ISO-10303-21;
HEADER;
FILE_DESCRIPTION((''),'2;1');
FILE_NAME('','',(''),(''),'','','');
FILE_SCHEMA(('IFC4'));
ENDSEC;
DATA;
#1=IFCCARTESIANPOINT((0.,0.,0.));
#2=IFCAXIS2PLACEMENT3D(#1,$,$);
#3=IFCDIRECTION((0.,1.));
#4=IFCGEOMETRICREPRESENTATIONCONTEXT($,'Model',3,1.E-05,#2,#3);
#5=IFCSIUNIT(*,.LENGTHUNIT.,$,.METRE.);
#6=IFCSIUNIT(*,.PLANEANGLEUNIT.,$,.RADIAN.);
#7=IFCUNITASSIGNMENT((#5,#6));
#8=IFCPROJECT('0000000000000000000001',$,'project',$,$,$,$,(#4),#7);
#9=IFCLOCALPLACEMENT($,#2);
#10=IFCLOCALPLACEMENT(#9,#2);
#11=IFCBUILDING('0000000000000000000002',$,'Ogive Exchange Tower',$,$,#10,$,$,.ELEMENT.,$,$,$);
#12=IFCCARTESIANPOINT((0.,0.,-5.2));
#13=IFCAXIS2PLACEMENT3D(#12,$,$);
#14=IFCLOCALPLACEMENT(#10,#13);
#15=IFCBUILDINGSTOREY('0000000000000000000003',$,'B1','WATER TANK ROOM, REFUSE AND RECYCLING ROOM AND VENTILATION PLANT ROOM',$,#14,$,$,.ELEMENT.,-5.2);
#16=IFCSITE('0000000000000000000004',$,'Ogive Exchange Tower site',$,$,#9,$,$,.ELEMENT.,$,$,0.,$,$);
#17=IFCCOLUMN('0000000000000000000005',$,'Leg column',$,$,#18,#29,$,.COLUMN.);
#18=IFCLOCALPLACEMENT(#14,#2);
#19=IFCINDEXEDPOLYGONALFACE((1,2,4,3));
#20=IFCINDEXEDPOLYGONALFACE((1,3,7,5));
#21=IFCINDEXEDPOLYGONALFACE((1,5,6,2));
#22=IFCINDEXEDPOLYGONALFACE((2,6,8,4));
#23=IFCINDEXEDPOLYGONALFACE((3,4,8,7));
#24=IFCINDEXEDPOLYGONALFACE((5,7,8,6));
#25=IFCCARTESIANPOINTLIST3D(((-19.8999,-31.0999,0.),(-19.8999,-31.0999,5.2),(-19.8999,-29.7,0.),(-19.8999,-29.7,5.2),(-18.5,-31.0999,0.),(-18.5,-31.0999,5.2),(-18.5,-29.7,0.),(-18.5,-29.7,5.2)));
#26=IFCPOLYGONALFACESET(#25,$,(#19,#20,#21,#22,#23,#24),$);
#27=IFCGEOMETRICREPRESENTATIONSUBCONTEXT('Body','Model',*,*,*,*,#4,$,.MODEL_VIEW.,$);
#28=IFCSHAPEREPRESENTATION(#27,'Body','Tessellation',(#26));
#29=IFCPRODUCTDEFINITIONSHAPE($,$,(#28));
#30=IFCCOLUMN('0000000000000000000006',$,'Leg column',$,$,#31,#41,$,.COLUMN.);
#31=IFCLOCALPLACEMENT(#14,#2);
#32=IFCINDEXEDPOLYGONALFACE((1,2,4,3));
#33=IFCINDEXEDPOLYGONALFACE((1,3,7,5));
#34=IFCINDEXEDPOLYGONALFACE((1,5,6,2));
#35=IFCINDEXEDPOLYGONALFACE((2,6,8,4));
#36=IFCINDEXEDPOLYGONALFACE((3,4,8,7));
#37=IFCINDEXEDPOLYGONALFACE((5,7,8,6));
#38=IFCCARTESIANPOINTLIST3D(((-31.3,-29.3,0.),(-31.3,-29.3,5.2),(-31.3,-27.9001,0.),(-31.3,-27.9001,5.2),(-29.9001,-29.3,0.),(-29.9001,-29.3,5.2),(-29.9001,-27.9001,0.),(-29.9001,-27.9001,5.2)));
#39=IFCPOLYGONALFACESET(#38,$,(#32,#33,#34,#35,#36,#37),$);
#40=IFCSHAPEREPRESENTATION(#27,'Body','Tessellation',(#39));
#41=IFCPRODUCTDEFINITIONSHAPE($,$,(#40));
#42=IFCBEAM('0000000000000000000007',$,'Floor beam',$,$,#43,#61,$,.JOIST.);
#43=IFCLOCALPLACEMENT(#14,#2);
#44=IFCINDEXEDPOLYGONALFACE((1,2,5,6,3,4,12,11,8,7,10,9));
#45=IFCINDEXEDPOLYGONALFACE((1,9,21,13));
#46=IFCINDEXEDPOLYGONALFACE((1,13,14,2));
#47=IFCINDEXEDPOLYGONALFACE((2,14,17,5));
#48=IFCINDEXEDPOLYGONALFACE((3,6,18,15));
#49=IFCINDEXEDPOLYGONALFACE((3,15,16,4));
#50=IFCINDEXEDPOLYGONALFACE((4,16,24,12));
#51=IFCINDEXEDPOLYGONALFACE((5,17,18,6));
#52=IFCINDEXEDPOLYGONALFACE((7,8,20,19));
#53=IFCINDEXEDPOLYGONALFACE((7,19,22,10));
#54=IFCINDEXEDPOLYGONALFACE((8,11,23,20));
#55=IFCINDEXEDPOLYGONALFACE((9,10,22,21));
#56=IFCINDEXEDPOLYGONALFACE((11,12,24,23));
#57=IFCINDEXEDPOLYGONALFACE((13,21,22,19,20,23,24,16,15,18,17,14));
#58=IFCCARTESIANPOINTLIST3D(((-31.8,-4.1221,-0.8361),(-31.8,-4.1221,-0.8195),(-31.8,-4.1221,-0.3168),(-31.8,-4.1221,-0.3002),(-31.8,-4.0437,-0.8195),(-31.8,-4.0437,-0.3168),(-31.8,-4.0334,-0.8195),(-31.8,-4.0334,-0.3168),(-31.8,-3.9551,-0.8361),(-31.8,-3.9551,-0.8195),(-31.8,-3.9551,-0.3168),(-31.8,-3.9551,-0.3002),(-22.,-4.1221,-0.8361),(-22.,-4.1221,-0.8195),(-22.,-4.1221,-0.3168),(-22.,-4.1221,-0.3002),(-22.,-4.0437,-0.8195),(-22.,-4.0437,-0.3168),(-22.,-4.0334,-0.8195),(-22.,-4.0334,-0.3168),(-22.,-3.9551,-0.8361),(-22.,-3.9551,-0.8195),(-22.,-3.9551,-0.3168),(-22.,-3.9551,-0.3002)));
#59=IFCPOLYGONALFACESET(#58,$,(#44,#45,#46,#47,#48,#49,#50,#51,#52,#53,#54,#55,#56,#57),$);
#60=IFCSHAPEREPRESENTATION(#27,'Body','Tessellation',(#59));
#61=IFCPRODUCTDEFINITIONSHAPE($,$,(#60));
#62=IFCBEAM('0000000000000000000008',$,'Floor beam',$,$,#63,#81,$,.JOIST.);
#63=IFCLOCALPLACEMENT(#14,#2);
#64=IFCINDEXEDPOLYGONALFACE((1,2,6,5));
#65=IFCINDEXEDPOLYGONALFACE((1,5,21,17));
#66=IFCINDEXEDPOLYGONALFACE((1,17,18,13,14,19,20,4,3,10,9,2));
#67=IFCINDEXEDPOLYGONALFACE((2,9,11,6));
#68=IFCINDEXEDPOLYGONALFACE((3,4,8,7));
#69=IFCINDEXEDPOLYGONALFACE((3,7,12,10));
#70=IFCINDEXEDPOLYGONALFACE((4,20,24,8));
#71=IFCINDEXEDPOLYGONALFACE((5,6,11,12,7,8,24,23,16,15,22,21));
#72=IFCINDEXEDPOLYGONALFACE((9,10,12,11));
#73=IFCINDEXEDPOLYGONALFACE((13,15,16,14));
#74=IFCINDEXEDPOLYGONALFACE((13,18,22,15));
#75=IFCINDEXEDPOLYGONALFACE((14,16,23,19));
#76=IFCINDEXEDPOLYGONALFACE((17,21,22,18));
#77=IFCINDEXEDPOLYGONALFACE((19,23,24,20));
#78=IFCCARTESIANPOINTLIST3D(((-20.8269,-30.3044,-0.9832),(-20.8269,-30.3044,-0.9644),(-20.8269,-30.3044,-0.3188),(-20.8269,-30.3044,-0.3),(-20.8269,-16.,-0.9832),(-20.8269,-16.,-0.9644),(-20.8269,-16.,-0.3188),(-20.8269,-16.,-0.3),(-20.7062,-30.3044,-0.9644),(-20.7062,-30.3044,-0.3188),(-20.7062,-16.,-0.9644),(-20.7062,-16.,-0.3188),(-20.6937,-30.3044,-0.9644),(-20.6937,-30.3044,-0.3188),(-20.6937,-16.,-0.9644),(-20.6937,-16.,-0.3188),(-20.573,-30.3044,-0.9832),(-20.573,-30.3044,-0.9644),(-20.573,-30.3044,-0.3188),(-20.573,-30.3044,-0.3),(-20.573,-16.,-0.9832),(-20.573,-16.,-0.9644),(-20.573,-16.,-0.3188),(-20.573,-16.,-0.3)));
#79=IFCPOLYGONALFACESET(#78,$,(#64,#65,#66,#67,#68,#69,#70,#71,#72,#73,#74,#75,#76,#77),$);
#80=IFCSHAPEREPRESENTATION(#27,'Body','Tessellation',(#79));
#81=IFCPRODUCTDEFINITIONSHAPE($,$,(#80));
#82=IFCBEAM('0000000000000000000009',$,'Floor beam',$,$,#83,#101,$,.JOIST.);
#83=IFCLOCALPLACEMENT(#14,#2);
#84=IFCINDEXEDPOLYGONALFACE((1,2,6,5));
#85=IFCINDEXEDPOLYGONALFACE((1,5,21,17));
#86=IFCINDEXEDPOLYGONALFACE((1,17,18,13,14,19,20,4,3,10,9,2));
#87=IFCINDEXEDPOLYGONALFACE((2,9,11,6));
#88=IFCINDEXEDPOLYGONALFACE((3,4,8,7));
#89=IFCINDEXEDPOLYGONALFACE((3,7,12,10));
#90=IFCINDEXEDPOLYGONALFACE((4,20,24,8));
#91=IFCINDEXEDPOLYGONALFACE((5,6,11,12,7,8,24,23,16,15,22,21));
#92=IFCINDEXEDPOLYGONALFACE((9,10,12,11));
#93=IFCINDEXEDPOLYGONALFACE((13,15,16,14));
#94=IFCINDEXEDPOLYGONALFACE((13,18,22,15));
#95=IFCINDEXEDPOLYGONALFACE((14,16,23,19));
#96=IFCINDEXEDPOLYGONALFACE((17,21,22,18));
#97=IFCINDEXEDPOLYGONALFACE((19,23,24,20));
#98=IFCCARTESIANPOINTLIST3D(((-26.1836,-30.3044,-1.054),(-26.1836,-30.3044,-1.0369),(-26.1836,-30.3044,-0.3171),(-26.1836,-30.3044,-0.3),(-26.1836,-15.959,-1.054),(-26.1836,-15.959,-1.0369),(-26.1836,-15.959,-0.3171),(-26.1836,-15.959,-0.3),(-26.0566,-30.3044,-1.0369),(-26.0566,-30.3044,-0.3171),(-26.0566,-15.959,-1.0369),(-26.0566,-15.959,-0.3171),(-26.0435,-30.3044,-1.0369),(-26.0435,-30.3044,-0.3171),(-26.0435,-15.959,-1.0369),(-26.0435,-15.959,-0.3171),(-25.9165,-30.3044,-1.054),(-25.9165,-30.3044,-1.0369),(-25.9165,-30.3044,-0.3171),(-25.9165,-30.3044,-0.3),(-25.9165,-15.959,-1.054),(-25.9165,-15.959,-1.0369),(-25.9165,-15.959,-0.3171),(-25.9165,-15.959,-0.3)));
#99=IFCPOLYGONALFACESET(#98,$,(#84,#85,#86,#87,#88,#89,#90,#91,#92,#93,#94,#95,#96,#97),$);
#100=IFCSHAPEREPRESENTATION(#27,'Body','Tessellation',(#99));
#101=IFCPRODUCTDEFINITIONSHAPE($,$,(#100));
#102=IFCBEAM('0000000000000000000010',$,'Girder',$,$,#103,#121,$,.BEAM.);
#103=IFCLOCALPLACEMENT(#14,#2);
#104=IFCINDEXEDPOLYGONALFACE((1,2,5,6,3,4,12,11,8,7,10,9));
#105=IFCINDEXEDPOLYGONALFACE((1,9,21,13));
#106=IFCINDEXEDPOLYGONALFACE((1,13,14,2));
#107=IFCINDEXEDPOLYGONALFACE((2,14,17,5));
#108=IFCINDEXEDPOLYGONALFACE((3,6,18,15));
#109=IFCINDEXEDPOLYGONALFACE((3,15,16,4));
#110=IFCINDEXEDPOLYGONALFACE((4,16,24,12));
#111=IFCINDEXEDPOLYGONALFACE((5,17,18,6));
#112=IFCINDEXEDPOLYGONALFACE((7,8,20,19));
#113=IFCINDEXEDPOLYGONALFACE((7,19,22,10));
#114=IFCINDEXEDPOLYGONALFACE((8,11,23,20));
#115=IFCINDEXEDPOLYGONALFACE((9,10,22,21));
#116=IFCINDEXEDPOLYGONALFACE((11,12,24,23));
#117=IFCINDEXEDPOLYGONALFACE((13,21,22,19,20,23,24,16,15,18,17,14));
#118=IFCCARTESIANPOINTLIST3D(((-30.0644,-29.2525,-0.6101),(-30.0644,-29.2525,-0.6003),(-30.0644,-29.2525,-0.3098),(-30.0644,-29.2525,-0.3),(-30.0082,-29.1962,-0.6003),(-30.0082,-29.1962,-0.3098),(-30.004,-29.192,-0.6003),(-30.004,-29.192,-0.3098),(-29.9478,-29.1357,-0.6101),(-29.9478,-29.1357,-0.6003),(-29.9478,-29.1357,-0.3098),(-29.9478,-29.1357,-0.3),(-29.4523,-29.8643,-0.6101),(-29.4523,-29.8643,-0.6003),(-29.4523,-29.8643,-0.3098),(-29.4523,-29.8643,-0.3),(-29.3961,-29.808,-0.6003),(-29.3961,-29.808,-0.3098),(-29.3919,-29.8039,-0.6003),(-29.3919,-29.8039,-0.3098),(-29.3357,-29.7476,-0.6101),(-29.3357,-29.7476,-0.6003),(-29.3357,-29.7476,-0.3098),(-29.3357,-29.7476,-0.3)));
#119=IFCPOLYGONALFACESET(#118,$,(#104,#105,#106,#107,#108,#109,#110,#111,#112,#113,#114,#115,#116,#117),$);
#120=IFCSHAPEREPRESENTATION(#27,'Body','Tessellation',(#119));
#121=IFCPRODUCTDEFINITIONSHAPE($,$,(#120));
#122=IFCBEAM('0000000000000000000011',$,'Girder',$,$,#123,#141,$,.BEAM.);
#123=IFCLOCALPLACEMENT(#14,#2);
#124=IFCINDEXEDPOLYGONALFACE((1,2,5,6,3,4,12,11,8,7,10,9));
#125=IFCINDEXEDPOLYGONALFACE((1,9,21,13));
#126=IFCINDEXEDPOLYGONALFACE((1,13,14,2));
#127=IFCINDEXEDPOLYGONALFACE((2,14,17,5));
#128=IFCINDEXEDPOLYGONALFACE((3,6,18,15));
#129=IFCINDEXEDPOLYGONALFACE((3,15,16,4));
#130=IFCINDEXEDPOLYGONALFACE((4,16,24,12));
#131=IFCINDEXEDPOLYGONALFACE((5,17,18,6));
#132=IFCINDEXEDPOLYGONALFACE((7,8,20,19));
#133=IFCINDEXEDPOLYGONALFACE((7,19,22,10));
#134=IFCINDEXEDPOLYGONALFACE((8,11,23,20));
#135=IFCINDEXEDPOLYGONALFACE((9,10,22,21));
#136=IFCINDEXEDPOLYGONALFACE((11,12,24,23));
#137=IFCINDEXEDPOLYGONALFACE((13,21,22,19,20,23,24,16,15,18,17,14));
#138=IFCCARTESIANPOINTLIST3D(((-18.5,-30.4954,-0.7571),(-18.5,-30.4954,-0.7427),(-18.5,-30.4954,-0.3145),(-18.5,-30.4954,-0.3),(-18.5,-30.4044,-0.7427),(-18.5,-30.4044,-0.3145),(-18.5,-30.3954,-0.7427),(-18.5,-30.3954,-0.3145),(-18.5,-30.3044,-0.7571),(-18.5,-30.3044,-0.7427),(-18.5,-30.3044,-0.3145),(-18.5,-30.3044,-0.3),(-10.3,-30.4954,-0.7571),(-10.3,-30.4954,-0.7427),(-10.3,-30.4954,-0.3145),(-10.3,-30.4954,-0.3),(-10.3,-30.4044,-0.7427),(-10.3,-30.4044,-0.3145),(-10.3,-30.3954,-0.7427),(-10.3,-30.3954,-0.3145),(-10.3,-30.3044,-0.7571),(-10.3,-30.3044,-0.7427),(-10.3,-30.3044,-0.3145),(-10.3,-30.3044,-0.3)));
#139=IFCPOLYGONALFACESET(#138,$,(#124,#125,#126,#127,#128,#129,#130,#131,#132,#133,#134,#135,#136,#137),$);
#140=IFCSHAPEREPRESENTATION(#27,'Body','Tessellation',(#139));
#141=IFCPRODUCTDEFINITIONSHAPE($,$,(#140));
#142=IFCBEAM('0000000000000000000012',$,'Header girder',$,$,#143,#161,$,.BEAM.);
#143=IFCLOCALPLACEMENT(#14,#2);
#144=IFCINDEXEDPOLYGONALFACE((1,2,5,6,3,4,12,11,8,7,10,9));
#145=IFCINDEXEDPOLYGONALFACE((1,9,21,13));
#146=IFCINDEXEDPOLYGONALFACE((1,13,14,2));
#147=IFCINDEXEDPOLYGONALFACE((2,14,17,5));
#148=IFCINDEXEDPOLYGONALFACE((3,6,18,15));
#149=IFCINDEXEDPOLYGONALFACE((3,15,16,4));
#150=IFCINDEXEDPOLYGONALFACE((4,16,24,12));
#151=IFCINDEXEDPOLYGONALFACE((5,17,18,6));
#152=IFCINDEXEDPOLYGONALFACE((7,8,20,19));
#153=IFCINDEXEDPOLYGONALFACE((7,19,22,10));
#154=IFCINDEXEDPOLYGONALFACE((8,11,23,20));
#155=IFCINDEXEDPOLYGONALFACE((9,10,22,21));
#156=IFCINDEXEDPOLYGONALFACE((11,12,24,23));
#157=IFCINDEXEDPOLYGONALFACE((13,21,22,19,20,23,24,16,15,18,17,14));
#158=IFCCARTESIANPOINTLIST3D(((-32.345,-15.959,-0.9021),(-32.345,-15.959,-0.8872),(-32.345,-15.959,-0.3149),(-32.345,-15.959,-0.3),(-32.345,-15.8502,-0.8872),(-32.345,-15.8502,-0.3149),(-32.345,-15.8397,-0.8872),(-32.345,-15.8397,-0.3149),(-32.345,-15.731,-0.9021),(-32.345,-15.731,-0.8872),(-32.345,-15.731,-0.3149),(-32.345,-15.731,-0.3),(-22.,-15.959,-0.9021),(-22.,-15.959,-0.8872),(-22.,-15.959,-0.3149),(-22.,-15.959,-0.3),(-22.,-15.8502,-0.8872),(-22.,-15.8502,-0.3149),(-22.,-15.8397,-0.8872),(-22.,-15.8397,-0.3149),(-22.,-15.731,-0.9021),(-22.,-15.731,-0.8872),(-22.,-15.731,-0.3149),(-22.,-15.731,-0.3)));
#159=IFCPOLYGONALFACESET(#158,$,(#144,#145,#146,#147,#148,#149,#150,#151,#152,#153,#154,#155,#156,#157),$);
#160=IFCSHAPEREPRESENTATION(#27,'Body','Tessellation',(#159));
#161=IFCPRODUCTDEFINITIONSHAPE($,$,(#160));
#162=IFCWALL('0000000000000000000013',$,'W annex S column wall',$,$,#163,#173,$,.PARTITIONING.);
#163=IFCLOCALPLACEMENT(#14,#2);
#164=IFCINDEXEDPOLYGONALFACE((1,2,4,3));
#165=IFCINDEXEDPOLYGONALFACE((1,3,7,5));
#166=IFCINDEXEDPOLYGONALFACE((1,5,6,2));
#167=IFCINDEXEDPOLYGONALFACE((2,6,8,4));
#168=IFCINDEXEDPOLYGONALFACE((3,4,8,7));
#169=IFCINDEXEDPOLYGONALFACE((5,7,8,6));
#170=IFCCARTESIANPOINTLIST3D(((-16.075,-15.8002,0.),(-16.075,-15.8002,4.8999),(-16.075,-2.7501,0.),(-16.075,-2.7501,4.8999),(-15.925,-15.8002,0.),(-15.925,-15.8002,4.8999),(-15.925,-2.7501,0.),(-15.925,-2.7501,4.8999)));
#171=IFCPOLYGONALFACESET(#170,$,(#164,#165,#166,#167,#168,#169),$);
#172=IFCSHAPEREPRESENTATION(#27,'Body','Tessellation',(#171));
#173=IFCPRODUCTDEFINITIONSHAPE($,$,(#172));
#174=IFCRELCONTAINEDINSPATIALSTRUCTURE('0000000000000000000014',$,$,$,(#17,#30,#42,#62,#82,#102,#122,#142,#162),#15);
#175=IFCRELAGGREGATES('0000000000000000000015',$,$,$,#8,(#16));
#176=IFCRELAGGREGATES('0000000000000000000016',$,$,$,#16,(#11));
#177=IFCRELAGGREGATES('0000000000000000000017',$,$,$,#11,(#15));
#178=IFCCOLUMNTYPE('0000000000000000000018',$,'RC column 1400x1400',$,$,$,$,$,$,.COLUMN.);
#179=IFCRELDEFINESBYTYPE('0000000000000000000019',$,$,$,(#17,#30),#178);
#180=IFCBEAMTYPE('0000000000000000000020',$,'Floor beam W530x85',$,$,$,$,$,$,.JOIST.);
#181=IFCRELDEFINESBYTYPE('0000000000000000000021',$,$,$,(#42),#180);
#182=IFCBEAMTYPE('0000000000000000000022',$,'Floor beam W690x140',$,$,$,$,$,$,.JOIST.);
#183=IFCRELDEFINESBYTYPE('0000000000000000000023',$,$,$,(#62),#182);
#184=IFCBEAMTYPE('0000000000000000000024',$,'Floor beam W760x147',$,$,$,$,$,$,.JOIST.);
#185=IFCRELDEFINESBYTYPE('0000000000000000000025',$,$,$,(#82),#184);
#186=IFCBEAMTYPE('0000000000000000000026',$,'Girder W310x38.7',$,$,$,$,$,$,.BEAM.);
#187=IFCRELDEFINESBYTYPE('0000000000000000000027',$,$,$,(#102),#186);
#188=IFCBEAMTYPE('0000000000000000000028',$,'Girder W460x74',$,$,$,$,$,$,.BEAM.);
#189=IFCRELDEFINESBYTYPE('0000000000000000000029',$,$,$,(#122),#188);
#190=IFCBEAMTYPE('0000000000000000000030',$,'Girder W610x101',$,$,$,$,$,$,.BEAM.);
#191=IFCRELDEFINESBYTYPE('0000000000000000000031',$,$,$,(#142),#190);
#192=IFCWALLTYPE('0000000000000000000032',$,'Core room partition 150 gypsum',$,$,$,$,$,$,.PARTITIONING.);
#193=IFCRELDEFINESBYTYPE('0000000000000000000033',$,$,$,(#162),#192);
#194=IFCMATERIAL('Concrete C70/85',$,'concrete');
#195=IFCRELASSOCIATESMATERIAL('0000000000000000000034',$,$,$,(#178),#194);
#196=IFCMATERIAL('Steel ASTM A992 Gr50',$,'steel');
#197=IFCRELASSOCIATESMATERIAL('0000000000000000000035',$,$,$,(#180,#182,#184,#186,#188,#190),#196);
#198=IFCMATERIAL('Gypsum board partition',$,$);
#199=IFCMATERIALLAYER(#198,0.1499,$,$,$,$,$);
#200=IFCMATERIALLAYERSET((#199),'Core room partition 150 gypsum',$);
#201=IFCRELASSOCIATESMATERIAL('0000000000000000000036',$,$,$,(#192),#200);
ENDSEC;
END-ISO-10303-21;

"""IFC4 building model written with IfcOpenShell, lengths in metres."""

from ifc_helpers import new_model, si_unit, direction, frame, frame_2d, origin, origin_2d, place, context, subcontext, project, spatial, rectangle, i_section, extrude, material, layer, layer_set, material_profile, profile_set, type_object, element, save


model = new_model("IFC4")

# Units and contexts
model_context = context("Model", 3, precision=1e-05, world=origin(), true_north=direction((0.0, 1.0)))
body_context = subcontext(model_context, "Body", "Model", "MODEL_VIEW")
ifc_project = project(units=[si_unit("LENGTHUNIT", "METRE"), si_unit("PLANEANGLEUNIT", "RADIAN")], contexts=[model_context])

# Site, building, storey
site_placement = place(None, origin())
site = spatial("IfcSite", under=ifc_project, at=site_placement, Name="Ogive Exchange Tower site", CompositionType="ELEMENT", RefElevation=0.0)
building_placement = place(site_placement, origin())
building = spatial("IfcBuilding", under=site, at=building_placement, Name="Ogive Exchange Tower", CompositionType="ELEMENT")
storey_placement = place(building_placement, frame((0.0, 0.0, -5.2)))
storey = spatial("IfcBuildingStorey", under=building, at=storey_placement, Name="B1", Description="WATER TANK ROOM, REFUSE AND RECYCLING ROOM AND VENTILATION PLANT ROOM", CompositionType="ELEMENT", Elevation=-5.2)

# Columns
ifc_material_1 = material(Name="Concrete C70/85", Category="concrete")
ifc_material_profile_1 = material_profile(ifc_material_1, rectangle(XDim=1.3999, YDim=1.3999, at=origin_2d()), Name="RC 1400x1400")
ifc_profile_set_1 = profile_set([ifc_material_profile_1], Name="Concrete C70/85")
column_type = type_object("IfcColumnType", Name="RC column 1400x1400", PredefinedType="COLUMN", material=ifc_profile_set_1)
for number, where, z_axis, x_axis, name in (
    (1, (-19.2, -30.3999, 0.0), (0.0, 0.0, 1.0), (1.0, 0.0, 0.0), "Leg column"),
    (2, (-30.6001, -28.6001, 0.0), (0.0, 0.0, 1.0), (1.0, 0.0, 0.0), "Leg column"),
):
    element("IfcColumn", number, at=place(storey_placement, frame(where, z_axis=z_axis, x_axis=x_axis)), inside=storey, type_object=column_type, Name=name, PredefinedType="COLUMN", context=body_context, shape_type="SweptSolid", body=[
        extrude(rectangle(XDim=1.3999, YDim=1.3999, at=origin_2d()), origin(), (0.0, 0.0, 1.0), 5.2),
    ])

# Beams
ifc_material_2 = material(Name="Steel ASTM A992 Gr50", Category="steel")
ifc_material_profile_2 = material_profile(ifc_material_2, i_section(OverallWidth=0.167, OverallDepth=0.5359, WebThickness=0.0103, FlangeThickness=0.0166, at=origin_2d()), Name="W530x85")
ifc_profile_set_2 = profile_set([ifc_material_profile_2], Name="Steel ASTM A992 Gr50")
beam_type_1 = type_object("IfcBeamType", Name="Floor beam W530x85", PredefinedType="JOIST", material=ifc_profile_set_2)
beam_1_placement = place(storey_placement, frame((-31.8, -4.0386, -0.5681), z_axis=(1.0, 0.0, 0.0), x_axis=(0.0, 1.0, 0.0)))
element("IfcBeam", 3, at=beam_1_placement, inside=storey, type_object=beam_type_1, Name="Floor beam", PredefinedType="JOIST", context=body_context, shape_type="SweptSolid", body=[
    extrude(i_section(OverallWidth=0.167, OverallDepth=0.5359, WebThickness=0.0103, FlangeThickness=0.0166, at=origin_2d()), origin(), (0.0, 0.0, 1.0), 9.8),
])
ifc_material_profile_3 = material_profile(ifc_material_2, i_section(OverallWidth=0.2539, OverallDepth=0.6831, WebThickness=0.0125, FlangeThickness=0.0188, at=origin_2d()), Name="W690x140")
ifc_profile_set_3 = profile_set([ifc_material_profile_3], Name="Steel ASTM A992 Gr50")
beam_type_2 = type_object("IfcBeamType", Name="Floor beam W690x140", PredefinedType="JOIST", material=ifc_profile_set_3)
beam_2_placement = place(storey_placement, frame((-20.7, -30.3044, -0.6416), z_axis=(0.0, 1.0, 0.0), x_axis=(-1.0, 0.0, 0.0)))
element("IfcBeam", 4, at=beam_2_placement, inside=storey, type_object=beam_type_2, Name="Floor beam", PredefinedType="JOIST", context=body_context, shape_type="SweptSolid", body=[
    extrude(i_section(OverallWidth=0.2539, OverallDepth=0.6831, WebThickness=0.0125, FlangeThickness=0.0188, at=origin_2d()), origin(), (0.0, 0.0, 1.0), 14.3044),
])
ifc_material_profile_4 = material_profile(ifc_material_2, i_section(OverallWidth=0.2671, OverallDepth=0.7539, WebThickness=0.0132, FlangeThickness=0.0171, at=origin_2d()), Name="W760x147")
ifc_profile_set_4 = profile_set([ifc_material_profile_4], Name="Steel ASTM A992 Gr50")
beam_type_3 = type_object("IfcBeamType", Name="Floor beam W760x147", PredefinedType="JOIST", material=ifc_profile_set_4)
beam_3_placement = place(storey_placement, frame((-26.05, -30.3044, -0.677), z_axis=(0.0, 1.0, 0.0), x_axis=(-1.0, 0.0, 0.0)))
element("IfcBeam", 5, at=beam_3_placement, inside=storey, type_object=beam_type_3, Name="Floor beam", PredefinedType="JOIST", context=body_context, shape_type="SweptSolid", body=[
    extrude(i_section(OverallWidth=0.2671, OverallDepth=0.7539, WebThickness=0.0132, FlangeThickness=0.0171, at=origin_2d()), origin(), (0.0, 0.0, 1.0), 14.3455),
])
ifc_material_profile_5 = material_profile(ifc_material_2, i_section(OverallWidth=0.165, OverallDepth=0.3101, WebThickness=0.0059, FlangeThickness=0.0098, at=origin_2d()), Name="W310x38.7")
ifc_profile_set_5 = profile_set([ifc_material_profile_5], Name="Steel ASTM A992 Gr50")
beam_type_4 = type_object("IfcBeamType", Name="Girder W310x38.7", PredefinedType="BEAM", material=ifc_profile_set_5)
beam_4_placement = place(storey_placement, frame((-30.0061, -29.1941, -0.4551), z_axis=(0.707248, -0.706966, 0.0), x_axis=(0.706966, 0.707248, 0.0)))
element("IfcBeam", 6, at=beam_4_placement, inside=storey, type_object=beam_type_4, Name="Girder", PredefinedType="BEAM", context=body_context, shape_type="SweptSolid", body=[
    extrude(i_section(OverallWidth=0.165, OverallDepth=0.3101, WebThickness=0.0059, FlangeThickness=0.0098, at=origin_2d()), origin(), (0.0, 0.0, 1.0), 0.8655),
])
ifc_material_profile_6 = material_profile(ifc_material_2, i_section(OverallWidth=0.1909, OverallDepth=0.457, WebThickness=0.009, FlangeThickness=0.0144, at=origin_2d()), Name="W460x74")
ifc_profile_set_6 = profile_set([ifc_material_profile_6], Name="Steel ASTM A992 Gr50")
beam_type_5 = type_object("IfcBeamType", Name="Girder W460x74", PredefinedType="BEAM", material=ifc_profile_set_6)
beam_5_placement = place(storey_placement, frame((-18.5, -30.3999, -0.5286), z_axis=(1.0, 0.0, 0.0), x_axis=(0.0, 1.0, 0.0)))
element("IfcBeam", 7, at=beam_5_placement, inside=storey, type_object=beam_type_5, Name="Girder", PredefinedType="BEAM", context=body_context, shape_type="SweptSolid", body=[
    extrude(i_section(OverallWidth=0.1909, OverallDepth=0.457, WebThickness=0.009, FlangeThickness=0.0144, at=origin_2d()), origin(), (0.0, 0.0, 1.0), 8.2),
])
ifc_material_profile_7 = material_profile(ifc_material_2, i_section(OverallWidth=0.228, OverallDepth=0.6021, WebThickness=0.0105, FlangeThickness=0.0149, at=origin_2d()), Name="W610x101")
ifc_profile_set_7 = profile_set([ifc_material_profile_7], Name="Steel ASTM A992 Gr50")
beam_type_6 = type_object("IfcBeamType", Name="Girder W610x101", PredefinedType="BEAM", material=ifc_profile_set_7)
beam_6_placement = place(storey_placement, frame((-22.0, -15.845, -0.6011), z_axis=(-1.0, 0.0, 0.0), x_axis=(0.0, -1.0, 0.0)))
element("IfcBeam", 8, at=beam_6_placement, inside=storey, type_object=beam_type_6, Name="Header girder", PredefinedType="BEAM", context=body_context, shape_type="SweptSolid", body=[
    extrude(i_section(OverallWidth=0.228, OverallDepth=0.6021, WebThickness=0.0105, FlangeThickness=0.0149, at=origin_2d()), origin(), (0.0, 0.0, 1.0), 10.345),
])

# Wall
ifc_material_3 = material(Name="Gypsum board partition")
ifc_layer_1 = layer(ifc_material_3, 0.1499)
ifc_layer_set_1 = layer_set([ifc_layer_1], Name="Core room partition 150 gypsum")
wall_type_1 = type_object("IfcWallType", Name="Core room partition 150 gypsum", PredefinedType="PARTITIONING", material=ifc_layer_set_1)
wall_1_placement = place(storey_placement, frame((-16.0, -15.8, 0.0), z_axis=(0.0, 0.0, 1.0), x_axis=(0.0, 1.0, 0.0)))
element("IfcWall", 9, at=wall_1_placement, inside=storey, type_object=wall_type_1, Name="W annex S column wall", PredefinedType="PARTITIONING", context=body_context, shape_type="SweptSolid", body=[
    extrude(rectangle(XDim=13.05, YDim=0.1499, at=frame_2d((6.5249, 0.0))), origin(), (0.0, 0.0, 1.0), 4.8999),
])

save(model, "model.ifc")
